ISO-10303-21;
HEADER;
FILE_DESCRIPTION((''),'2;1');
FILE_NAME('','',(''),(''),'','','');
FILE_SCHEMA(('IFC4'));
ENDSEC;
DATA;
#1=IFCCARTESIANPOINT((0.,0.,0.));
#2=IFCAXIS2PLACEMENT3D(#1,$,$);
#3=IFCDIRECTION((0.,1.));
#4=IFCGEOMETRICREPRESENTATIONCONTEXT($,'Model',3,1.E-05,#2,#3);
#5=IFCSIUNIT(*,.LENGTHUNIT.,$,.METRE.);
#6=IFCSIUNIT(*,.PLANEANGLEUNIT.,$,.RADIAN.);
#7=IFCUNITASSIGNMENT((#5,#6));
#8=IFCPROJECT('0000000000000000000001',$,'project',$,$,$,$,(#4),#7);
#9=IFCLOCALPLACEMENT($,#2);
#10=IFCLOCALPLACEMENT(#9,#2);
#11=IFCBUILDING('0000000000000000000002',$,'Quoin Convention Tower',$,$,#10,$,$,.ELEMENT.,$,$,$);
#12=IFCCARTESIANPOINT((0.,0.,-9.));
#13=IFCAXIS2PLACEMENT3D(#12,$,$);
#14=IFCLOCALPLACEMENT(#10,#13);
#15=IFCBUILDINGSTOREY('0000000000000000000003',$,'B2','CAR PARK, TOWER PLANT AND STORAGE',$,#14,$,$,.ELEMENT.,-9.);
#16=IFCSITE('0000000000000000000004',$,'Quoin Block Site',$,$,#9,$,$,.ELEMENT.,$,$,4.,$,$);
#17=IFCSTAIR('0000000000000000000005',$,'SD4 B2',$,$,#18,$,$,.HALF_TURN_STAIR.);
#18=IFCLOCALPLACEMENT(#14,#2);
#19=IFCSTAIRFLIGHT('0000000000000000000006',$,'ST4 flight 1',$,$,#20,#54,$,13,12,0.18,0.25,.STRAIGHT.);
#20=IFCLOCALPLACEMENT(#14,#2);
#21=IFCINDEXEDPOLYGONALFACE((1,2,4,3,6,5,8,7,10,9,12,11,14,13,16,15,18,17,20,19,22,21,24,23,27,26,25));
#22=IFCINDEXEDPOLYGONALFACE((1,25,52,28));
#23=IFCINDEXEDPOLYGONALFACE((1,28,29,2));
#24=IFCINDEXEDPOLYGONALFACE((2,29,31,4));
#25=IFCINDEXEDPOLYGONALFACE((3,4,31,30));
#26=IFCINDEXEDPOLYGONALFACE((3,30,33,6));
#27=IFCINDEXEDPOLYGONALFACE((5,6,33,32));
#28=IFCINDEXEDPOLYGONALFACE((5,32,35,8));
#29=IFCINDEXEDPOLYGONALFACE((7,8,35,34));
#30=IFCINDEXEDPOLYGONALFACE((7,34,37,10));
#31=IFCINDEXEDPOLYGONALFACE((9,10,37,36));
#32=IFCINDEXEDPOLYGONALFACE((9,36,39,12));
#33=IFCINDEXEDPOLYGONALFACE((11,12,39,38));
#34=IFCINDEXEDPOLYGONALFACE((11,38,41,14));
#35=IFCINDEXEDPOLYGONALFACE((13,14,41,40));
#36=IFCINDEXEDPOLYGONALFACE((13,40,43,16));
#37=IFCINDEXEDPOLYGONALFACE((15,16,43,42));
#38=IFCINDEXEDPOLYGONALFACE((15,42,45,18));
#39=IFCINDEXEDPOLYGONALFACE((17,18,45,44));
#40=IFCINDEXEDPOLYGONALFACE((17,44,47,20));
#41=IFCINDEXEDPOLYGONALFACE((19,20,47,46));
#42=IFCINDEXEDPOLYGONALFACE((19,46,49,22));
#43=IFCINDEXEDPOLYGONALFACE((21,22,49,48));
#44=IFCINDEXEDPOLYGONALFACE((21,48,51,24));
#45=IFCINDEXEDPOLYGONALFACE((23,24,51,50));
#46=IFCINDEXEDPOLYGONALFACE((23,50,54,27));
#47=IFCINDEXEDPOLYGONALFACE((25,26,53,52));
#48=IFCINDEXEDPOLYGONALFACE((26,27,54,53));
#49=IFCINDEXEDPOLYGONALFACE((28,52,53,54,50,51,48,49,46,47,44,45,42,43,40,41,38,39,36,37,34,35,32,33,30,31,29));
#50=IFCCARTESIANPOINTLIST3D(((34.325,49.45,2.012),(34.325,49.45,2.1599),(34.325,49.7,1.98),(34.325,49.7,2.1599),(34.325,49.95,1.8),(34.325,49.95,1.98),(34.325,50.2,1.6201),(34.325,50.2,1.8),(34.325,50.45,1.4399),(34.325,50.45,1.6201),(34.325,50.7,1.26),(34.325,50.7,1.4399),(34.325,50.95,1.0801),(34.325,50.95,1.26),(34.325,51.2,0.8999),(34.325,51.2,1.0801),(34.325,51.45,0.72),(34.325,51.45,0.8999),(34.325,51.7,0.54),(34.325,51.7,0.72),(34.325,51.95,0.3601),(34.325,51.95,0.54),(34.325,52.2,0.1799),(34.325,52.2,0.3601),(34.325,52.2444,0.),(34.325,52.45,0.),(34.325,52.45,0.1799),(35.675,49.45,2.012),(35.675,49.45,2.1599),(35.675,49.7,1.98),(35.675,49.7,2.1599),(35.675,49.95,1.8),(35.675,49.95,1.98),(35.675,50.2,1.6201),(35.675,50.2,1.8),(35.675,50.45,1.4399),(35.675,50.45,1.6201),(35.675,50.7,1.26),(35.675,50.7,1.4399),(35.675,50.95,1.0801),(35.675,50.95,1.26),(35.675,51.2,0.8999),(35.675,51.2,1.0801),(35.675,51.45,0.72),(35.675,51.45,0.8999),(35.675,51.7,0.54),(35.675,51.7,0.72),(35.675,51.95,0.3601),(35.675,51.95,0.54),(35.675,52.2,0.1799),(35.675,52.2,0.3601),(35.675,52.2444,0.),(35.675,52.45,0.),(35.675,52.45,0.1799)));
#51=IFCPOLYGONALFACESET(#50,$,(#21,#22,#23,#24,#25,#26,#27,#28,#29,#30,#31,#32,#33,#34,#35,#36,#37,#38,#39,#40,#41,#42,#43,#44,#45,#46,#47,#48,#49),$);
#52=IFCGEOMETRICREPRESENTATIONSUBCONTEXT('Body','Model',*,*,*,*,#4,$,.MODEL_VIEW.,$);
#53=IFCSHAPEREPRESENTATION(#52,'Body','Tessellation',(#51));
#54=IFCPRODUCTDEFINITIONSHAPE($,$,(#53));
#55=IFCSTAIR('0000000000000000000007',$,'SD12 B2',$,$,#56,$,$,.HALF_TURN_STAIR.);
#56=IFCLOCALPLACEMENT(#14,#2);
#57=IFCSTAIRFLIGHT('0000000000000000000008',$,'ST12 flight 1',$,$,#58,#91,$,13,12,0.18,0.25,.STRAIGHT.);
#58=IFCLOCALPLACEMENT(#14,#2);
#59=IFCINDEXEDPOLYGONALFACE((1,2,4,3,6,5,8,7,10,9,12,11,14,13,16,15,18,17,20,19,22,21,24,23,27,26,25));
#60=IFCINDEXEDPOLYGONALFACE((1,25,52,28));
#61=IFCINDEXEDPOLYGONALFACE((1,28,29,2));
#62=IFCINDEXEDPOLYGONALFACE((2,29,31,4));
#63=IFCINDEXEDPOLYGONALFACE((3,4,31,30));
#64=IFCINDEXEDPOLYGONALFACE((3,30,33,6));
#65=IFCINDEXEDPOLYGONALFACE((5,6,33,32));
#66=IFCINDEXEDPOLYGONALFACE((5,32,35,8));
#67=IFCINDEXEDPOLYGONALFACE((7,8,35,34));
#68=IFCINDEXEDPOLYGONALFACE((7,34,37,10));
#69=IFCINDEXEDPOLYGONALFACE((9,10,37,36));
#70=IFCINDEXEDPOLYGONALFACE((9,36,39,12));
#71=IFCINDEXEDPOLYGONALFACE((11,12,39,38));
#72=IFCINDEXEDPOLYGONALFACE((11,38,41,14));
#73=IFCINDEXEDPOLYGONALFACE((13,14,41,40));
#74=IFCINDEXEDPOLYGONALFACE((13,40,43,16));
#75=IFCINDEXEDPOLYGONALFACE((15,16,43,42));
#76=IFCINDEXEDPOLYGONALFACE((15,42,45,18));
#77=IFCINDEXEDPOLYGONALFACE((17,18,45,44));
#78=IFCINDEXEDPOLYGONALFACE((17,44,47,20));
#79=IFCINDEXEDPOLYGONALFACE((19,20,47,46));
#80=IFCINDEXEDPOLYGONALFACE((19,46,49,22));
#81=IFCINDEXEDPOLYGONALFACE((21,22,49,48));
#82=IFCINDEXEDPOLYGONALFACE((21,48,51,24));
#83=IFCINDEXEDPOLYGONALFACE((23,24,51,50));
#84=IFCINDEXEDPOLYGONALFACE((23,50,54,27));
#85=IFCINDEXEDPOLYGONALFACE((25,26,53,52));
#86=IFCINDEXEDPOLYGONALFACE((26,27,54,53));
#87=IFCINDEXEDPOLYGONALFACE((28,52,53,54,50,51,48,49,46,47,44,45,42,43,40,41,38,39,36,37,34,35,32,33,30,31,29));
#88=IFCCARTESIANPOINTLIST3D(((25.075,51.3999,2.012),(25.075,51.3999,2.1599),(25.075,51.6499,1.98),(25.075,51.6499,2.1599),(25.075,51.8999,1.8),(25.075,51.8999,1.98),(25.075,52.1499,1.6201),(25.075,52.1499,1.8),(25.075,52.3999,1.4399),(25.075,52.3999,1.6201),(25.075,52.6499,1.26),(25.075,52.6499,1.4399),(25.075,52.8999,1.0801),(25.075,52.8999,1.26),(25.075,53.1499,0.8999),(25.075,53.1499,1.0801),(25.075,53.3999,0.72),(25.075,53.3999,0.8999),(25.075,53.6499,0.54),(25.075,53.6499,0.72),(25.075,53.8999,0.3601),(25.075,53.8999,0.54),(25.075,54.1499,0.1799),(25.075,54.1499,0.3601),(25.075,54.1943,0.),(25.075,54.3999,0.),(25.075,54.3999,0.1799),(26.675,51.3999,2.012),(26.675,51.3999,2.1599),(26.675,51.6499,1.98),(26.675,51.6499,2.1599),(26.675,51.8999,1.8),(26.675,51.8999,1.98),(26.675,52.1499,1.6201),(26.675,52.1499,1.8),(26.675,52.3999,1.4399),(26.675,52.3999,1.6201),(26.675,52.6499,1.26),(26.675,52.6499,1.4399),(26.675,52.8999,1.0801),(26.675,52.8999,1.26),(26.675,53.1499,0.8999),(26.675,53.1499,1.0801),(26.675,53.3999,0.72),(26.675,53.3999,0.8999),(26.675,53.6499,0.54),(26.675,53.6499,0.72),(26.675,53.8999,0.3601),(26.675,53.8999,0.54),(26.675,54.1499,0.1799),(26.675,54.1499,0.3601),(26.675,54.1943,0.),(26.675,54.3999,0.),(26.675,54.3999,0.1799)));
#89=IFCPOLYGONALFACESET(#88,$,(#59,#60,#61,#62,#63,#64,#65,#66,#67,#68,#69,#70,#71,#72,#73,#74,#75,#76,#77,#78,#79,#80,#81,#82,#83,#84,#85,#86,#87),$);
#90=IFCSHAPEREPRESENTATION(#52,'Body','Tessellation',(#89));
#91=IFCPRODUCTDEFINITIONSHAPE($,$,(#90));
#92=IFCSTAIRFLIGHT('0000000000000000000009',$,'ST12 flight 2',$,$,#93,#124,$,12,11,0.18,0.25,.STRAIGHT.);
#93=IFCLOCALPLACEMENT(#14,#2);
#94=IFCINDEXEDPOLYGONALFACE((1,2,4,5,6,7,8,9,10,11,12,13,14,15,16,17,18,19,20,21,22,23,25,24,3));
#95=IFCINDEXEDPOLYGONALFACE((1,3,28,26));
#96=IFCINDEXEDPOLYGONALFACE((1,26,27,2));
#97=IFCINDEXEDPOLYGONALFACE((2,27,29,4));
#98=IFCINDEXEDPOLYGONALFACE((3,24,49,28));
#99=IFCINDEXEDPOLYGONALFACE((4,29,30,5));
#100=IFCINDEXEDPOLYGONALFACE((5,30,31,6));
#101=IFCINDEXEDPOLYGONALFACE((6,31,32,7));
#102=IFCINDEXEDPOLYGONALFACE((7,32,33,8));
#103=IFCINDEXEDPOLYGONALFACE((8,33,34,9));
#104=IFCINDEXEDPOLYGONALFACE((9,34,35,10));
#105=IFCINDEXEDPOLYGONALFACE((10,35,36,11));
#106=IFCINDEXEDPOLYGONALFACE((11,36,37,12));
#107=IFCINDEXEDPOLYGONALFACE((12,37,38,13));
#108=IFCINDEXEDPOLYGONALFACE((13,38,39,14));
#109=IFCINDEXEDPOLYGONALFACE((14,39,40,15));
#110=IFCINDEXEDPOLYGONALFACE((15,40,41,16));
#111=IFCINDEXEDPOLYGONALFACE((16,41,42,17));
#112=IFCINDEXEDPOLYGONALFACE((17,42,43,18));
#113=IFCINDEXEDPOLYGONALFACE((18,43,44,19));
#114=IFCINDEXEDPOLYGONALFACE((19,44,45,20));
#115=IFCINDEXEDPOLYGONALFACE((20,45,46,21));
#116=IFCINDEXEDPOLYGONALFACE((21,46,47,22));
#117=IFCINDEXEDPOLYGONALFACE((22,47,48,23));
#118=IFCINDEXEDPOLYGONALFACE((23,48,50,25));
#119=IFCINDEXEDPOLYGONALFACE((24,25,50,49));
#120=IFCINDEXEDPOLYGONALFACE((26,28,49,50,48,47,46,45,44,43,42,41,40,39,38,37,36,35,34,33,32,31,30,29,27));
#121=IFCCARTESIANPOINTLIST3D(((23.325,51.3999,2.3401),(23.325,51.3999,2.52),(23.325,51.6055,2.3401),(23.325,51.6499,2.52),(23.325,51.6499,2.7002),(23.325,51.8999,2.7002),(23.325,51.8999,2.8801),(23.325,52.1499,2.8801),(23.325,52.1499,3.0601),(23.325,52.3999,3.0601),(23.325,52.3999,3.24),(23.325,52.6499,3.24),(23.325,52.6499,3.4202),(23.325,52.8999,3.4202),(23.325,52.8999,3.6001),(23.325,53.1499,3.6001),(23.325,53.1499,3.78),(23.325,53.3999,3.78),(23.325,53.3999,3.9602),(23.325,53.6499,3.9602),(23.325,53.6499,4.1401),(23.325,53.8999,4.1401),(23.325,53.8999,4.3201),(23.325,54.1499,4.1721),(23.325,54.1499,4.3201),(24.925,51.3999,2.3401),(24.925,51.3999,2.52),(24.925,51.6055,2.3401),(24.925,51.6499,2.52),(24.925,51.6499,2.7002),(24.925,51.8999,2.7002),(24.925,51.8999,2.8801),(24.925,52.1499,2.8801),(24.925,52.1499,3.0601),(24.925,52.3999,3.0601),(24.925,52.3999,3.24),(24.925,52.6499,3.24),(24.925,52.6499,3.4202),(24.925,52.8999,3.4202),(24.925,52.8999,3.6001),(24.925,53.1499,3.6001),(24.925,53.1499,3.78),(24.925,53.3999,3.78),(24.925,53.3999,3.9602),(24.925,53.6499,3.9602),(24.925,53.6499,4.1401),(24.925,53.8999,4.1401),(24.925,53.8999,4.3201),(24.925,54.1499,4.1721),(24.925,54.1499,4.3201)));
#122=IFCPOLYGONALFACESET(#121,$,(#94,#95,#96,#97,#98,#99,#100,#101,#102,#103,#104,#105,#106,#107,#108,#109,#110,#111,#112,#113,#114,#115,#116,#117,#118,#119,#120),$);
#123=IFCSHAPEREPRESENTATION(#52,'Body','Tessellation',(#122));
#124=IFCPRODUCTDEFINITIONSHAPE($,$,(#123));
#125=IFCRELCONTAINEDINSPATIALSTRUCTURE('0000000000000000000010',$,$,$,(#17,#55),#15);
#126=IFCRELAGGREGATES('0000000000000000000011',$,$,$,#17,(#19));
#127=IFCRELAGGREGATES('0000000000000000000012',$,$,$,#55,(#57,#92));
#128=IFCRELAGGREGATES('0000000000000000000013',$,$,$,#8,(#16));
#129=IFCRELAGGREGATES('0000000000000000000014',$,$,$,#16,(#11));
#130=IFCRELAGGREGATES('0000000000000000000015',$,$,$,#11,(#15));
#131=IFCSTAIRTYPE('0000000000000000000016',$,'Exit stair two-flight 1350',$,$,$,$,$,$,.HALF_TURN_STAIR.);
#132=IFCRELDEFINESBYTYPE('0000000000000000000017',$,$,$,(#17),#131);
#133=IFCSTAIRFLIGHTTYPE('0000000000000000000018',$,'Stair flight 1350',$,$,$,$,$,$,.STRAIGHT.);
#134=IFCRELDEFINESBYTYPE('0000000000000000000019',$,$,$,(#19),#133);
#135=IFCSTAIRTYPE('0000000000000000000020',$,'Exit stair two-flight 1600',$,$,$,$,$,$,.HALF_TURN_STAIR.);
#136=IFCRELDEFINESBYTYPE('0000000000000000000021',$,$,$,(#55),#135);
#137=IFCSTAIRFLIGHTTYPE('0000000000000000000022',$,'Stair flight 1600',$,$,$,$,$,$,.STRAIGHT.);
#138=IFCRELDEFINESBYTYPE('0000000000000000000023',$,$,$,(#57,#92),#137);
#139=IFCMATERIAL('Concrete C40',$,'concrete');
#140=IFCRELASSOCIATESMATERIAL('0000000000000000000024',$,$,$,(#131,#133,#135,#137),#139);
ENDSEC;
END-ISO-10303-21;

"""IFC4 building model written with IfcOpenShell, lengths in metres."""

from ifc_helpers import new_model, si_unit, direction, frame, origin, place, context, subcontext, project, spatial, polyline, outline, extrude, material, type_object, element, aggregate, save


model = new_model("IFC4")

# Units and contexts
model_context = context("Model", 3, precision=1e-05, world=origin(), true_north=direction((0.0, 1.0)))
body_context = subcontext(model_context, "Body", "Model", "MODEL_VIEW")
ifc_project = project(units=[si_unit("LENGTHUNIT", "METRE"), si_unit("PLANEANGLEUNIT", "RADIAN")], contexts=[model_context])

# Site, building, storey
site_placement = place(None, origin())
site = spatial("IfcSite", under=ifc_project, at=site_placement, Name="Quoin Block Site", CompositionType="ELEMENT", RefElevation=4.0)
building_placement = place(site_placement, origin())
building = spatial("IfcBuilding", under=site, at=building_placement, Name="Quoin Convention Tower", CompositionType="ELEMENT")
storey_placement = place(building_placement, frame((0.0, 0.0, -9.0)))
storey = spatial("IfcBuildingStorey", under=building, at=storey_placement, Name="B2", Description="CAR PARK, TOWER PLANT AND STORAGE", CompositionType="ELEMENT", Elevation=-9.0)

# Shared definitions
ifc_material_1 = material(Name="Concrete C40", Category="concrete")

# Stair, stair flight
stair_type_1 = type_object("IfcStairType", Name="Exit stair two-flight 1350", PredefinedType="HALF_TURN_STAIR", material=ifc_material_1)
stair_1_placement = place(storey_placement, origin())
stair_1 = element("IfcStair", 1, at=stair_1_placement, inside=storey, type_object=stair_type_1, Name="SD4 B2", PredefinedType="HALF_TURN_STAIR")
stair_flight_type_1 = type_object("IfcStairFlightType", Name="Stair flight 1350", PredefinedType="STRAIGHT", material=ifc_material_1)
stair_flight_1_placement = place(storey_placement, frame((35.0, 52.45, 0.0), z_axis=(0.0, 0.0, 1.0), x_axis=(0.0, -1.0, 0.0)))
stair_flight_1 = element("IfcStairFlight", 2, at=stair_flight_1_placement, type_object=stair_flight_type_1, Name="ST4 flight 1", NumberOfRisers=13, NumberOfTreads=12, PredefinedType="STRAIGHT", RiserHeight=0.18, TreadLength=0.25, context=body_context, shape_type="SweptSolid", body=[
    extrude(outline(polyline([(0.0, 0.0), (0.0, 0.1799), (0.25, 0.1799), (0.25, 0.3601), (0.5, 0.3601), (0.5, 0.54), (0.75, 0.54), (0.75, 0.72), (1.0, 0.72), (1.0, 0.8999), (1.25, 0.8999), (1.25, 1.0801), (1.5, 1.0801), (1.5, 1.26), (1.75, 1.26), (1.75, 1.4399), (2.0, 1.4399), (2.0, 1.6201), (2.25, 1.6201), (2.25, 1.8), (2.5, 1.8), (2.5, 1.98), (2.75, 1.98), (2.75, 2.1599), (3.0, 2.1599), (3.0, 2.3401), (3.0, 2.012), (0.2056, 0.0), (0.0, 0.0)])), frame((0.0, 0.675, 0.0), z_axis=(0.0, -1.0, 0.0), x_axis=(1.0, 0.0, 0.0)), (0.0, 0.0, 1.0), 1.3501),
])
aggregate(stair_1, [stair_flight_1])

# Stair, stair flights
stair_type_2 = type_object("IfcStairType", Name="Exit stair two-flight 1600", PredefinedType="HALF_TURN_STAIR", material=ifc_material_1)
stair_2_placement = place(storey_placement, origin())
stair_2 = element("IfcStair", 3, at=stair_2_placement, inside=storey, type_object=stair_type_2, Name="SD12 B2", PredefinedType="HALF_TURN_STAIR")
stair_flight_type_2 = type_object("IfcStairFlightType", Name="Stair flight 1600", PredefinedType="STRAIGHT", material=ifc_material_1)
stair_flight_2_placement = place(storey_placement, frame((25.875, 54.3999, 0.0), z_axis=(0.0, 0.0, 1.0), x_axis=(0.0, -1.0, 0.0)))
stair_flight_2 = element("IfcStairFlight", 4, at=stair_flight_2_placement, type_object=stair_flight_type_2, Name="ST12 flight 1", NumberOfRisers=13, NumberOfTreads=12, PredefinedType="STRAIGHT", RiserHeight=0.18, TreadLength=0.25, context=body_context, shape_type="SweptSolid", body=[
    extrude(outline(polyline([(0.0, 0.0), (0.0, 0.1799), (0.25, 0.1799), (0.25, 0.3601), (0.5, 0.3601), (0.5, 0.54), (0.75, 0.54), (0.75, 0.72), (1.0, 0.72), (1.0, 0.8999), (1.25, 0.8999), (1.25, 1.0801), (1.5, 1.0801), (1.5, 1.26), (1.75, 1.26), (1.75, 1.4399), (2.0, 1.4399), (2.0, 1.6201), (2.25, 1.6201), (2.25, 1.8), (2.5, 1.8), (2.5, 1.98), (2.75, 1.98), (2.75, 2.1599), (3.0, 2.1599), (3.0, 2.3401), (3.0, 2.012), (0.2056, 0.0), (0.0, 0.0)])), frame((0.0, 0.8, 0.0), z_axis=(0.0, -1.0, 0.0), x_axis=(1.0, 0.0, 0.0)), (0.0, 0.0, 1.0), 1.6001),
])
stair_flight_3_placement = place(storey_placement, frame((24.125, 51.3999, 2.3401), z_axis=(0.0, 0.0, 1.0), x_axis=(0.0, 1.0, 0.0)))
stair_flight_3 = element("IfcStairFlight", 5, at=stair_flight_3_placement, type_object=stair_flight_type_2, Name="ST12 flight 2", NumberOfRisers=12, NumberOfTreads=11, PredefinedType="STRAIGHT", RiserHeight=0.18, TreadLength=0.25, context=body_context, shape_type="SweptSolid", body=[
    extrude(outline(polyline([(0.0, 0.0), (0.0, 0.1799), (0.25, 0.1799), (0.25, 0.3601), (0.5, 0.3601), (0.5, 0.54), (0.75, 0.54), (0.75, 0.72), (1.0, 0.72), (1.0, 0.8999), (1.25, 0.8999), (1.25, 1.0801), (1.5, 1.0801), (1.5, 1.26), (1.75, 1.26), (1.75, 1.4399), (2.0, 1.4399), (2.0, 1.6201), (2.25, 1.6201), (2.25, 1.8), (2.5, 1.8), (2.5, 1.98), (2.75, 1.98), (2.75, 2.1599), (2.75, 1.832), (0.2056, 0.0), (0.0, 0.0)])), frame((0.0, 0.8, 0.0), z_axis=(0.0, -1.0, 0.0), x_axis=(1.0, 0.0, 0.0)), (0.0, 0.0, 1.0), 1.6001),
])
aggregate(stair_2, [stair_flight_2, stair_flight_3])

save(model, "model.ifc")
